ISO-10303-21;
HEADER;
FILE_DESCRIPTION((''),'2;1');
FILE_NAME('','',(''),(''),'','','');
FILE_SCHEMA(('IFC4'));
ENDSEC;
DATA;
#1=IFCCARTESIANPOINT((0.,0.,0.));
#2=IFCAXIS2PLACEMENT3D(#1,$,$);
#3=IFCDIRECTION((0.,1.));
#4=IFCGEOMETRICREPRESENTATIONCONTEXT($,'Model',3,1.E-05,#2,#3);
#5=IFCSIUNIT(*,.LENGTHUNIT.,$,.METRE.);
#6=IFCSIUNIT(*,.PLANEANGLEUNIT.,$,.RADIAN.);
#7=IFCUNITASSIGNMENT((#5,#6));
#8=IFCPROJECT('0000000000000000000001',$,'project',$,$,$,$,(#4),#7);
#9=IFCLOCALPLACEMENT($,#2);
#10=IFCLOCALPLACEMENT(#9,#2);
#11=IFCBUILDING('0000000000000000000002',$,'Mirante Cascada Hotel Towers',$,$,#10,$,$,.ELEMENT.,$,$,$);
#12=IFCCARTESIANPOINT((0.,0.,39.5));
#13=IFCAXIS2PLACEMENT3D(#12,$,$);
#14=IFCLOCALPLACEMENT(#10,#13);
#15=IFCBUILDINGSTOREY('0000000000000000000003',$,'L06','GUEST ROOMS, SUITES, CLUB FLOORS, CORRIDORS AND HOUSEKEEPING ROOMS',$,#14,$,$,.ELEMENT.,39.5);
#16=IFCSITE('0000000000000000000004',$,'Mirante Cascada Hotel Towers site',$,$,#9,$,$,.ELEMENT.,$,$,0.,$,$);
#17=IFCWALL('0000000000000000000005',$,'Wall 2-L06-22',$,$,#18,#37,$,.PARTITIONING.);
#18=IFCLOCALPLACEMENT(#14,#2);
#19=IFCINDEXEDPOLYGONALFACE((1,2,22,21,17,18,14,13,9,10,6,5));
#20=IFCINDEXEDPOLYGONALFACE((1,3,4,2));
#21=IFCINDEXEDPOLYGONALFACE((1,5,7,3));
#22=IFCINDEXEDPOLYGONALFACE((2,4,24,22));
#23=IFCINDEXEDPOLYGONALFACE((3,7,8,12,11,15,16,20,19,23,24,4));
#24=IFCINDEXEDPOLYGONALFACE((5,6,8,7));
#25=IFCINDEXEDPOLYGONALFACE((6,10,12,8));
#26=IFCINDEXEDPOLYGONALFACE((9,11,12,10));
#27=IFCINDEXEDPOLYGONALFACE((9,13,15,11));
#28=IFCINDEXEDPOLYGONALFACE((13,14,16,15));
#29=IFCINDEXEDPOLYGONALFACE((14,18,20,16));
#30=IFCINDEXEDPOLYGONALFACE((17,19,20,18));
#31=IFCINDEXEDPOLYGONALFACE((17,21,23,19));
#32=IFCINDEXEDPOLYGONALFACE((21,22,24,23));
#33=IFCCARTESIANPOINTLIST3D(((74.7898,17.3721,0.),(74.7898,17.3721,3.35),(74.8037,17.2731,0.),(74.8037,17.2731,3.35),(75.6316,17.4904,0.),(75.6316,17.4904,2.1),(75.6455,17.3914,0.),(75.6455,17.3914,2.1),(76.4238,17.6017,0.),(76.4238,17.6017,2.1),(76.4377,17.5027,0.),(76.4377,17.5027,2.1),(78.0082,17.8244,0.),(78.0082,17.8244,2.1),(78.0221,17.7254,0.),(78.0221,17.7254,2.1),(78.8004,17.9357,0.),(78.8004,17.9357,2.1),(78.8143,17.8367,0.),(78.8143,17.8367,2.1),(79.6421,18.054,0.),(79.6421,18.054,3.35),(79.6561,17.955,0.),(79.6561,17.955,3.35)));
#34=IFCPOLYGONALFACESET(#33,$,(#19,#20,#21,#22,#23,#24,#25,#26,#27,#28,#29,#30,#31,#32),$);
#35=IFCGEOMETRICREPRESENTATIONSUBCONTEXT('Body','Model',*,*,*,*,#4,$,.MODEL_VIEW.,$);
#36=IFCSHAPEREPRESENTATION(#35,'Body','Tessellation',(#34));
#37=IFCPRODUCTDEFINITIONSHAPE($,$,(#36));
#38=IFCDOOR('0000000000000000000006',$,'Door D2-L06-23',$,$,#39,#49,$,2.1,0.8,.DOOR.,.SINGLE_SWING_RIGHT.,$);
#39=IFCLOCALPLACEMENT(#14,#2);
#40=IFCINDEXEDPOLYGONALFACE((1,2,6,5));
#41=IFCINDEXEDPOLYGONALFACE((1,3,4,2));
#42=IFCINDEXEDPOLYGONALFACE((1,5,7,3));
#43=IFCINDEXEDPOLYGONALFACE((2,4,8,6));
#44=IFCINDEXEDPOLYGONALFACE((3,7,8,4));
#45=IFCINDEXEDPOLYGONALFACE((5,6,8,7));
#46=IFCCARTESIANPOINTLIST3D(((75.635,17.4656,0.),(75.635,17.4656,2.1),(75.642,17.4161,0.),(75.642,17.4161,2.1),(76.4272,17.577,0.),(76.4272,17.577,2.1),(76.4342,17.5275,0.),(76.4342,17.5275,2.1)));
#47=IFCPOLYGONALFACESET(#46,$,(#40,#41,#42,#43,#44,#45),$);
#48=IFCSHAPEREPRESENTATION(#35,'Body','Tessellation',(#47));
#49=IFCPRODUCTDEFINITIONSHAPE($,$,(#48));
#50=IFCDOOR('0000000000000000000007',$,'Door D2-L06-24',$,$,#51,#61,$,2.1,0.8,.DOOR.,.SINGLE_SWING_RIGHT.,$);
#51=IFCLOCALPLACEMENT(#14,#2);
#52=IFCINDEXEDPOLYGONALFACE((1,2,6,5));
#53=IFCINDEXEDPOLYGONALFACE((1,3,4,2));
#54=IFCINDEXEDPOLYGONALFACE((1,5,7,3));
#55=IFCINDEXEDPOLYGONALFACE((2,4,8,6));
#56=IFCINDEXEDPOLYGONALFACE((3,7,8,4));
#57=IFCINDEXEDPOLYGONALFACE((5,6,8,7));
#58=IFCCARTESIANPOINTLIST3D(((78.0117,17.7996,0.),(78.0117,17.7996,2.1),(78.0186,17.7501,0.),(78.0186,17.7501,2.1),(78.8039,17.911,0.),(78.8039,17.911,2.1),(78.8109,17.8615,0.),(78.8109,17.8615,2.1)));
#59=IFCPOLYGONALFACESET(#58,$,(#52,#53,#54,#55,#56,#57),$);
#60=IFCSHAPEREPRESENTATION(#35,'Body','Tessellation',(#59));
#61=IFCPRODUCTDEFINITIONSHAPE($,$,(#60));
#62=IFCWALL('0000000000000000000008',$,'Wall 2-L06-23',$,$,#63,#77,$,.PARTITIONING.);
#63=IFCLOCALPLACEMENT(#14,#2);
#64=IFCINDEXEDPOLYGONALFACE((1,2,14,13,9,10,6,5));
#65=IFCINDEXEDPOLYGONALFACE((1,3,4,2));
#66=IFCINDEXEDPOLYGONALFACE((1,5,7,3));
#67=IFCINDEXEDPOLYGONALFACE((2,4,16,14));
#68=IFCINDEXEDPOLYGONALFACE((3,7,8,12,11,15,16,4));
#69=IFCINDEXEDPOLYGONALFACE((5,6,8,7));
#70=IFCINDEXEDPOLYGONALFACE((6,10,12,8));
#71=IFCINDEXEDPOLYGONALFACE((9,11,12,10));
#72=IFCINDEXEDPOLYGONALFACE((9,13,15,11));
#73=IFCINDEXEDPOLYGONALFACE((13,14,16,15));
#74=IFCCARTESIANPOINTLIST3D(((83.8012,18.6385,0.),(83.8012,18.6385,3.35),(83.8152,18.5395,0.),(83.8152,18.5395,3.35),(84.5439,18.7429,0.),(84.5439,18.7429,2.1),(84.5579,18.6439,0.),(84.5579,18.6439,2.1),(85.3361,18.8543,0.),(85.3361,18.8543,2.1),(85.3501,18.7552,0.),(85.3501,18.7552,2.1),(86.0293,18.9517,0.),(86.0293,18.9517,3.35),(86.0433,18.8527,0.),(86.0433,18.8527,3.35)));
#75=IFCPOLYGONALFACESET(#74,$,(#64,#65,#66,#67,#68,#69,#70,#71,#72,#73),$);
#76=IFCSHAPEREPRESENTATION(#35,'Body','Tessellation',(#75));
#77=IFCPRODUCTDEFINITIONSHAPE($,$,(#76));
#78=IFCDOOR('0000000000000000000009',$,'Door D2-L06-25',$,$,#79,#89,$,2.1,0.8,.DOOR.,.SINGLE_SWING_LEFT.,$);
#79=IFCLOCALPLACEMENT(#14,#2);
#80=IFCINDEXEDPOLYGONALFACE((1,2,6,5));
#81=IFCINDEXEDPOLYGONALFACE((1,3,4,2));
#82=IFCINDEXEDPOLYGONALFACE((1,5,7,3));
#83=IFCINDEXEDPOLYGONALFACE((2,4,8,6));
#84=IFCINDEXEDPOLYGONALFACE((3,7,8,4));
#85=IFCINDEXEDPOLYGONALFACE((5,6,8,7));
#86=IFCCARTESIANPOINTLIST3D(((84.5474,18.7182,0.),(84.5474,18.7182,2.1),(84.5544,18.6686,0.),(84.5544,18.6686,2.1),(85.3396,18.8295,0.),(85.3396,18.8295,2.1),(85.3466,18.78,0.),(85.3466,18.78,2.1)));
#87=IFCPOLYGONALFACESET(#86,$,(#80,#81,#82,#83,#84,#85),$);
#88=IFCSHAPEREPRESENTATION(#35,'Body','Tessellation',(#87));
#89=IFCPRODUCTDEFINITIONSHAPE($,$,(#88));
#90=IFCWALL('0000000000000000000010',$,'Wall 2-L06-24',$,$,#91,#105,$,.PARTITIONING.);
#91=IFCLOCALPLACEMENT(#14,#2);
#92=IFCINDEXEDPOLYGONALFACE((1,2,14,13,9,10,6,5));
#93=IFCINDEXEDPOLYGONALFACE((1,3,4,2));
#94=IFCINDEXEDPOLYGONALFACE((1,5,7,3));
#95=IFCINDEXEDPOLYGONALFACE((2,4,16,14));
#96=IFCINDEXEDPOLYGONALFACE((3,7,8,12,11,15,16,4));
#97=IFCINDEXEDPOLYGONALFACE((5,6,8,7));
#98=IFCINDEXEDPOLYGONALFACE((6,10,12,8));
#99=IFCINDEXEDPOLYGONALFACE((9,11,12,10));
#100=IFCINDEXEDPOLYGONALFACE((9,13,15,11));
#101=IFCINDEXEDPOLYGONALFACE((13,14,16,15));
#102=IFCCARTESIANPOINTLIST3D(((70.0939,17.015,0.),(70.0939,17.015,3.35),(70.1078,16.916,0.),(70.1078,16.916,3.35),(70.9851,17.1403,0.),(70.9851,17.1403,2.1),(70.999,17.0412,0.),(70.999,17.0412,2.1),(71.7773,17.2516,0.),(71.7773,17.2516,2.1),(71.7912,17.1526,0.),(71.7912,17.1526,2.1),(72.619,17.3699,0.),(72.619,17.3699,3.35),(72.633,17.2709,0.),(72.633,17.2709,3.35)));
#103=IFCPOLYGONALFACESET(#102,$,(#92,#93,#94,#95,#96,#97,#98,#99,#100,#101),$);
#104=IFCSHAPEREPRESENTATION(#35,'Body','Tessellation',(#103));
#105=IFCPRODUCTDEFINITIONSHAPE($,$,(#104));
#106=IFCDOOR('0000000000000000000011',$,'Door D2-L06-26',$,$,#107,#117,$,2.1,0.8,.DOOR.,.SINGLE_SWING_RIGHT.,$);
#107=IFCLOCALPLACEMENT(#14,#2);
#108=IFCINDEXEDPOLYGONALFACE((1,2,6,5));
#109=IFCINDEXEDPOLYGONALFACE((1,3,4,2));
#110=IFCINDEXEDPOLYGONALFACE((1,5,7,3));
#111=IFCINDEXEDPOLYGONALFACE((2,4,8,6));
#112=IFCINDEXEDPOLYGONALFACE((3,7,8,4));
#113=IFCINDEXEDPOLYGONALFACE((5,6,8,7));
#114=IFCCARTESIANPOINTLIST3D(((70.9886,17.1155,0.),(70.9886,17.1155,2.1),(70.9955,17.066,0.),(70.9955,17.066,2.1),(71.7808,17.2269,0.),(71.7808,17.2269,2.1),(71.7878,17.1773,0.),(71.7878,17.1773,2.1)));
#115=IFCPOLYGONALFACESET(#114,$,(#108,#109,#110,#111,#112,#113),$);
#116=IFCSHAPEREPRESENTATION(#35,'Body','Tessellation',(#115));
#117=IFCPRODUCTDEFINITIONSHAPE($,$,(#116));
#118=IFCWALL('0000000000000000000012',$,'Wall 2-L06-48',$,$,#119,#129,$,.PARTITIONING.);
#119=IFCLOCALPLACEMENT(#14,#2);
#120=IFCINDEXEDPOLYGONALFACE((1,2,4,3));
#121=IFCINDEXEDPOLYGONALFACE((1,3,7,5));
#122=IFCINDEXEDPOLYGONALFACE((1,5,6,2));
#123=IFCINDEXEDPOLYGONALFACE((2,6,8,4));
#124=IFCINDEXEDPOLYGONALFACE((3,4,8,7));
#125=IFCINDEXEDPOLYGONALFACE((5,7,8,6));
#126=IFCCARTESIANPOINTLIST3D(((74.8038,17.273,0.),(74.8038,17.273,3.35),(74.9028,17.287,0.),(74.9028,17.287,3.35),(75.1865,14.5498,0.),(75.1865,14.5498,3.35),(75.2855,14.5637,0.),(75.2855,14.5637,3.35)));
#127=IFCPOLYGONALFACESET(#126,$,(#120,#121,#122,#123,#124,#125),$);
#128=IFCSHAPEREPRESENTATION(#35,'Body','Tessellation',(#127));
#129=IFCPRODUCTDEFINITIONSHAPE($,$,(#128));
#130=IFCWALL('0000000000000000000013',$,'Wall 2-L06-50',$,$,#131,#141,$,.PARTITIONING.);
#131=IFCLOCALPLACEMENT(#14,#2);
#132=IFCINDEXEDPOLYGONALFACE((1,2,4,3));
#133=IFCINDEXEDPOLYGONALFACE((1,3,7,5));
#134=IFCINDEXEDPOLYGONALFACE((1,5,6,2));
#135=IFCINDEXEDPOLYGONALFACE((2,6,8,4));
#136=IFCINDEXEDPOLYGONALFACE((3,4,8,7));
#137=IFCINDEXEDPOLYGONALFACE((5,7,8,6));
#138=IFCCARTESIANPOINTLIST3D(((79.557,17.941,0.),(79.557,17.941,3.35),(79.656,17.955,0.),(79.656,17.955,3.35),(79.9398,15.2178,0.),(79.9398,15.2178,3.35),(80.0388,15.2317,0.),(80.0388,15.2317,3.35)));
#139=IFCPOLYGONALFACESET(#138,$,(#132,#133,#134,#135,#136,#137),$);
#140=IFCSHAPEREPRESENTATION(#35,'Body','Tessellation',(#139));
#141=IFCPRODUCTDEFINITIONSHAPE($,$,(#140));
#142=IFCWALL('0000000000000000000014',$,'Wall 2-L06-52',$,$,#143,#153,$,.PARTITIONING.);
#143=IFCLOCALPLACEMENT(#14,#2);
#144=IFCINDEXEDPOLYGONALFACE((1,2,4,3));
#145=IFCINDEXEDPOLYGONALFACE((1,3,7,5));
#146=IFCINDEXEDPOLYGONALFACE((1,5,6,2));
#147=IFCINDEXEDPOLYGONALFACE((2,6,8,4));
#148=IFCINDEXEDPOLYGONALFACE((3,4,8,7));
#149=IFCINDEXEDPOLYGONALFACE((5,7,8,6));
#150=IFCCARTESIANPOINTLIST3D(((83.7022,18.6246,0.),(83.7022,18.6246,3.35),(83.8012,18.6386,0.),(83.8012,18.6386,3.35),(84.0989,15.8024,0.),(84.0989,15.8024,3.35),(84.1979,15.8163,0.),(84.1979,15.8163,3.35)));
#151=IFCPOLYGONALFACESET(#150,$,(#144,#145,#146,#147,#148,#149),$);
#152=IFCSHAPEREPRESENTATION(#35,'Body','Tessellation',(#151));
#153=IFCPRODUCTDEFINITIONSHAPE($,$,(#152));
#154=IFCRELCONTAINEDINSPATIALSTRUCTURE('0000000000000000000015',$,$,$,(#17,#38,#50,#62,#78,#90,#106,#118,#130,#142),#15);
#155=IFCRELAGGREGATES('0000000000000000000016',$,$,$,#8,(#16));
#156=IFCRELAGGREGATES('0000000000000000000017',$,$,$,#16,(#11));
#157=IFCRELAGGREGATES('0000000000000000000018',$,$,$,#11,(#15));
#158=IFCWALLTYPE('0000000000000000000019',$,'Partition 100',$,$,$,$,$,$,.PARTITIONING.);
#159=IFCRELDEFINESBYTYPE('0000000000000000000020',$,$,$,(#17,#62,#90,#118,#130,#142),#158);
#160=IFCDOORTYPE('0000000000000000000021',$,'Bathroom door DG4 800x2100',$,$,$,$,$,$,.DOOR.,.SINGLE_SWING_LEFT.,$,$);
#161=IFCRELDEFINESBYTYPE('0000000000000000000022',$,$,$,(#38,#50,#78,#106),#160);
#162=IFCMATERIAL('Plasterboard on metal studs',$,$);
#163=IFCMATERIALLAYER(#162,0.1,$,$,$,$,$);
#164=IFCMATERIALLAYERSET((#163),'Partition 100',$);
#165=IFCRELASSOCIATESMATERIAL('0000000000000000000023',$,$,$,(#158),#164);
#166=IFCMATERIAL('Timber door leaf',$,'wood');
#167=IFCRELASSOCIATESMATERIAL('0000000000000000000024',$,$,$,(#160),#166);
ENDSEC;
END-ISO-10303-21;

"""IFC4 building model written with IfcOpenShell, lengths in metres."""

from ifc_helpers import new_model, si_unit, direction, frame, frame_2d, origin, place, context, subcontext, project, spatial, rectangle, extrude, material, layer, layer_set, type_object, element, fill, save


model = new_model("IFC4")

# Units and contexts
model_context = context("Model", 3, precision=1e-05, world=origin(), true_north=direction((0.0, 1.0)))
body_context = subcontext(model_context, "Body", "Model", "MODEL_VIEW")
ifc_project = project(units=[si_unit("LENGTHUNIT", "METRE"), si_unit("PLANEANGLEUNIT", "RADIAN")], contexts=[model_context])

# Site, building, storey
site_placement = place(None, origin())
site = spatial("IfcSite", under=ifc_project, at=site_placement, Name="Mirante Cascada Hotel Towers site", CompositionType="ELEMENT", RefElevation=0.0)
building_placement = place(site_placement, origin())
building = spatial("IfcBuilding", under=site, at=building_placement, Name="Mirante Cascada Hotel Towers", CompositionType="ELEMENT")
storey_placement = place(building_placement, frame((0.0, 0.0, 39.5)))
storey = spatial("IfcBuildingStorey", under=building, at=storey_placement, Name="L06", Description="GUEST ROOMS, SUITES, CLUB FLOORS, CORRIDORS AND HOUSEKEEPING ROOMS", CompositionType="ELEMENT", Elevation=39.5)

# Wall, openings, doors
ifc_material_1 = material(Name="Plasterboard on metal studs")
ifc_layer_1 = layer(ifc_material_1, 0.1)
ifc_layer_set_1 = layer_set([ifc_layer_1], Name="Partition 100")
wall_type_1 = type_object("IfcWallType", Name="Partition 100", PredefinedType="PARTITIONING", material=ifc_layer_set_1)
wall_1_placement = place(storey_placement, frame((79.6491, 18.0045, 0.0), z_axis=(0.0, 0.0, 1.0), x_axis=(-0.990269, -0.139164, 0.0)))
wall_1 = element("IfcWall", 1, at=wall_1_placement, inside=storey, type_object=wall_type_1, Name="Wall 2-L06-22", PredefinedType="PARTITIONING", context=body_context, shape_type="SweptSolid", body=[
    extrude(rectangle(XDim=4.9, YDim=0.1, at=frame_2d((2.45, 0.0))), origin(), (0.0, 0.0, 1.0), 3.35),
])
opening_1_placement = place(wall_1_placement, frame((3.25, 0.0, 0.0)))
opening_1 = element("IfcOpeningElement", 2, at=opening_1_placement, cuts=wall_1, PredefinedType="OPENING", context=body_context, shape_type="SweptSolid", body=[
    extrude(rectangle(XDim=0.8, YDim=2.1, at=frame_2d((0.4, 1.05))), frame((0.0, 0.05, 0.0), z_axis=(0.0, -1.0, 0.0), x_axis=(1.0, 0.0, 0.0)), (0.0, 0.0, 1.0), 0.1),
])
opening_2_placement = place(wall_1_placement, frame((0.85, 0.0, 0.0)))
opening_2 = element("IfcOpeningElement", 3, at=opening_2_placement, cuts=wall_1, PredefinedType="OPENING", context=body_context, shape_type="SweptSolid", body=[
    extrude(rectangle(XDim=0.8, YDim=2.1, at=frame_2d((0.4, 1.05))), frame((0.0, 0.05, 0.0), z_axis=(0.0, -1.0, 0.0), x_axis=(1.0, 0.0, 0.0)), (0.0, 0.0, 1.0), 0.1),
])
ifc_material_2 = material(Name="Timber door leaf", Category="wood")
door_type = type_object("IfcDoorType", Name="Bathroom door DG4 800x2100", OperationType="SINGLE_SWING_LEFT", PredefinedType="DOOR", material=ifc_material_2)
door_1_placement = place(opening_1_placement, frame((0.8, 0.0, 0.0), z_axis=(0.0, 0.0, 1.0), x_axis=(-1.0, 0.0, 0.0)))
door_1 = element("IfcDoor", 4, at=door_1_placement, inside=storey, type_object=door_type, Name="Door D2-L06-23", OperationType="SINGLE_SWING_RIGHT", OverallHeight=2.1, OverallWidth=0.8, PredefinedType="DOOR", context=body_context, shape_type="SweptSolid", body=[
    extrude(rectangle(XDim=0.8, YDim=2.1, at=frame_2d((0.4, 1.05))), frame((0.0, 0.025, 0.0), z_axis=(0.0, -1.0, 0.0), x_axis=(1.0, 0.0, 0.0)), (0.0, 0.0, 1.0), 0.05),
])
fill(opening_1, door_1)
door_2_placement = place(opening_2_placement, frame((0.8, 0.0, 0.0), z_axis=(0.0, 0.0, 1.0), x_axis=(-1.0, 0.0, 0.0)))
door_2 = element("IfcDoor", 5, at=door_2_placement, inside=storey, type_object=door_type, Name="Door D2-L06-24", OperationType="SINGLE_SWING_RIGHT", OverallHeight=2.1, OverallWidth=0.8, PredefinedType="DOOR", context=body_context, shape_type="SweptSolid", body=[
    extrude(rectangle(XDim=0.8, YDim=2.1, at=frame_2d((0.4, 1.05))), frame((0.0, 0.025, 0.0), z_axis=(0.0, -1.0, 0.0), x_axis=(1.0, 0.0, 0.0)), (0.0, 0.0, 1.0), 0.05),
])
fill(opening_2, door_2)

# Walls, openings, doors
wall_2_placement = place(storey_placement, frame((83.8082, 18.589, 0.0), z_axis=(0.0, 0.0, 1.0), x_axis=(0.990264, 0.1392, 0.0)))
wall_2 = element("IfcWall", 6, at=wall_2_placement, inside=storey, type_object=wall_type_1, Name="Wall 2-L06-23", PredefinedType="PARTITIONING", context=body_context, shape_type="SweptSolid", body=[
    extrude(rectangle(XDim=2.25, YDim=0.1, at=frame_2d((1.125, 0.0))), origin(), (0.0, 0.0, 1.0), 3.35),
])
opening_3_placement = place(wall_2_placement, frame((0.75, 0.0, 0.0)))
opening_3 = element("IfcOpeningElement", 7, at=opening_3_placement, cuts=wall_2, PredefinedType="OPENING", context=body_context, shape_type="SweptSolid", body=[
    extrude(rectangle(XDim=0.8, YDim=2.1, at=frame_2d((0.4, 1.05))), frame((0.0, 0.05, 0.0), z_axis=(0.0, -1.0, 0.0), x_axis=(1.0, 0.0, 0.0)), (0.0, 0.0, 1.0), 0.1),
])
door_3_placement = place(opening_3_placement, origin())
door_3 = element("IfcDoor", 8, at=door_3_placement, inside=storey, type_object=door_type, Name="Door D2-L06-25", OperationType="SINGLE_SWING_LEFT", OverallHeight=2.1, OverallWidth=0.8, PredefinedType="DOOR", context=body_context, shape_type="SweptSolid", body=[
    extrude(rectangle(XDim=0.8, YDim=2.1, at=frame_2d((0.4, 1.05))), frame((0.0, 0.025, 0.0), z_axis=(0.0, -1.0, 0.0), x_axis=(1.0, 0.0, 0.0)), (0.0, 0.0, 1.0), 0.05),
])
fill(opening_3, door_3)
wall_3_placement = place(storey_placement, frame((72.626, 17.3204, 0.0), z_axis=(0.0, 0.0, 1.0), x_axis=(-0.990268, -0.139176, 0.0)))
wall_3 = element("IfcWall", 9, at=wall_3_placement, inside=storey, type_object=wall_type_1, Name="Wall 2-L06-24", PredefinedType="PARTITIONING", context=body_context, shape_type="SweptSolid", body=[
    extrude(rectangle(XDim=2.55, YDim=0.1, at=frame_2d((1.275, 0.0))), origin(), (0.0, 0.0, 1.0), 3.35),
])
opening_4_placement = place(wall_3_placement, frame((0.85, 0.0, 0.0)))
opening_4 = element("IfcOpeningElement", 10, at=opening_4_placement, cuts=wall_3, PredefinedType="OPENING", context=body_context, shape_type="SweptSolid", body=[
    extrude(rectangle(XDim=0.8, YDim=2.1, at=frame_2d((0.4, 1.05))), frame((0.0, 0.05, 0.0), z_axis=(0.0, -1.0, 0.0), x_axis=(1.0, 0.0, 0.0)), (0.0, 0.0, 1.0), 0.1),
])
door_4_placement = place(opening_4_placement, frame((0.8, 0.0, 0.0), z_axis=(0.0, 0.0, 1.0), x_axis=(-1.0, 0.0, 0.0)))
door_4 = element("IfcDoor", 11, at=door_4_placement, inside=storey, type_object=door_type, Name="Door D2-L06-26", OperationType="SINGLE_SWING_RIGHT", OverallHeight=2.1, OverallWidth=0.8, PredefinedType="DOOR", context=body_context, shape_type="SweptSolid", body=[
    extrude(rectangle(XDim=0.8, YDim=2.1, at=frame_2d((0.4, 1.05))), frame((0.0, 0.025, 0.0), z_axis=(0.0, -1.0, 0.0), x_axis=(1.0, 0.0, 0.0)), (0.0, 0.0, 1.0), 0.05),
])
fill(opening_4, door_4)

# Walls
for number, where, z_axis, x_axis, name in (
    (12, (74.8533, 17.28, 0.0), (0.0, 0.0, 1.0), (0.139166, -0.990269, 0.0), "Wall 2-L06-48"),
    (13, (79.6065, 17.948, 0.0), (0.0, 0.0, 1.0), (0.139201, -0.990264, 0.0), "Wall 2-L06-50"),
):
    element("IfcWall", number, at=place(storey_placement, frame(where, z_axis=z_axis, x_axis=x_axis)), inside=storey, type_object=wall_type_1, Name=name, PredefinedType="PARTITIONING", context=body_context, shape_type="SweptSolid", body=[
        extrude(rectangle(XDim=2.75, YDim=0.1, at=frame_2d((1.375, 0.0))), origin(), (0.0, 0.0, 1.0), 3.35),
    ])
wall_4_placement = place(storey_placement, frame((83.7517, 18.6316, 0.0), z_axis=(0.0, 0.0, 1.0), x_axis=(0.139191, -0.990266, 0.0)))
element("IfcWall", 14, at=wall_4_placement, inside=storey, type_object=wall_type_1, Name="Wall 2-L06-52", PredefinedType="PARTITIONING", context=body_context, shape_type="SweptSolid", body=[
    extrude(rectangle(XDim=2.85, YDim=0.1, at=frame_2d((1.425, 0.0))), origin(), (0.0, 0.0, 1.0), 3.35),
])

save(model, "model.ifc")
